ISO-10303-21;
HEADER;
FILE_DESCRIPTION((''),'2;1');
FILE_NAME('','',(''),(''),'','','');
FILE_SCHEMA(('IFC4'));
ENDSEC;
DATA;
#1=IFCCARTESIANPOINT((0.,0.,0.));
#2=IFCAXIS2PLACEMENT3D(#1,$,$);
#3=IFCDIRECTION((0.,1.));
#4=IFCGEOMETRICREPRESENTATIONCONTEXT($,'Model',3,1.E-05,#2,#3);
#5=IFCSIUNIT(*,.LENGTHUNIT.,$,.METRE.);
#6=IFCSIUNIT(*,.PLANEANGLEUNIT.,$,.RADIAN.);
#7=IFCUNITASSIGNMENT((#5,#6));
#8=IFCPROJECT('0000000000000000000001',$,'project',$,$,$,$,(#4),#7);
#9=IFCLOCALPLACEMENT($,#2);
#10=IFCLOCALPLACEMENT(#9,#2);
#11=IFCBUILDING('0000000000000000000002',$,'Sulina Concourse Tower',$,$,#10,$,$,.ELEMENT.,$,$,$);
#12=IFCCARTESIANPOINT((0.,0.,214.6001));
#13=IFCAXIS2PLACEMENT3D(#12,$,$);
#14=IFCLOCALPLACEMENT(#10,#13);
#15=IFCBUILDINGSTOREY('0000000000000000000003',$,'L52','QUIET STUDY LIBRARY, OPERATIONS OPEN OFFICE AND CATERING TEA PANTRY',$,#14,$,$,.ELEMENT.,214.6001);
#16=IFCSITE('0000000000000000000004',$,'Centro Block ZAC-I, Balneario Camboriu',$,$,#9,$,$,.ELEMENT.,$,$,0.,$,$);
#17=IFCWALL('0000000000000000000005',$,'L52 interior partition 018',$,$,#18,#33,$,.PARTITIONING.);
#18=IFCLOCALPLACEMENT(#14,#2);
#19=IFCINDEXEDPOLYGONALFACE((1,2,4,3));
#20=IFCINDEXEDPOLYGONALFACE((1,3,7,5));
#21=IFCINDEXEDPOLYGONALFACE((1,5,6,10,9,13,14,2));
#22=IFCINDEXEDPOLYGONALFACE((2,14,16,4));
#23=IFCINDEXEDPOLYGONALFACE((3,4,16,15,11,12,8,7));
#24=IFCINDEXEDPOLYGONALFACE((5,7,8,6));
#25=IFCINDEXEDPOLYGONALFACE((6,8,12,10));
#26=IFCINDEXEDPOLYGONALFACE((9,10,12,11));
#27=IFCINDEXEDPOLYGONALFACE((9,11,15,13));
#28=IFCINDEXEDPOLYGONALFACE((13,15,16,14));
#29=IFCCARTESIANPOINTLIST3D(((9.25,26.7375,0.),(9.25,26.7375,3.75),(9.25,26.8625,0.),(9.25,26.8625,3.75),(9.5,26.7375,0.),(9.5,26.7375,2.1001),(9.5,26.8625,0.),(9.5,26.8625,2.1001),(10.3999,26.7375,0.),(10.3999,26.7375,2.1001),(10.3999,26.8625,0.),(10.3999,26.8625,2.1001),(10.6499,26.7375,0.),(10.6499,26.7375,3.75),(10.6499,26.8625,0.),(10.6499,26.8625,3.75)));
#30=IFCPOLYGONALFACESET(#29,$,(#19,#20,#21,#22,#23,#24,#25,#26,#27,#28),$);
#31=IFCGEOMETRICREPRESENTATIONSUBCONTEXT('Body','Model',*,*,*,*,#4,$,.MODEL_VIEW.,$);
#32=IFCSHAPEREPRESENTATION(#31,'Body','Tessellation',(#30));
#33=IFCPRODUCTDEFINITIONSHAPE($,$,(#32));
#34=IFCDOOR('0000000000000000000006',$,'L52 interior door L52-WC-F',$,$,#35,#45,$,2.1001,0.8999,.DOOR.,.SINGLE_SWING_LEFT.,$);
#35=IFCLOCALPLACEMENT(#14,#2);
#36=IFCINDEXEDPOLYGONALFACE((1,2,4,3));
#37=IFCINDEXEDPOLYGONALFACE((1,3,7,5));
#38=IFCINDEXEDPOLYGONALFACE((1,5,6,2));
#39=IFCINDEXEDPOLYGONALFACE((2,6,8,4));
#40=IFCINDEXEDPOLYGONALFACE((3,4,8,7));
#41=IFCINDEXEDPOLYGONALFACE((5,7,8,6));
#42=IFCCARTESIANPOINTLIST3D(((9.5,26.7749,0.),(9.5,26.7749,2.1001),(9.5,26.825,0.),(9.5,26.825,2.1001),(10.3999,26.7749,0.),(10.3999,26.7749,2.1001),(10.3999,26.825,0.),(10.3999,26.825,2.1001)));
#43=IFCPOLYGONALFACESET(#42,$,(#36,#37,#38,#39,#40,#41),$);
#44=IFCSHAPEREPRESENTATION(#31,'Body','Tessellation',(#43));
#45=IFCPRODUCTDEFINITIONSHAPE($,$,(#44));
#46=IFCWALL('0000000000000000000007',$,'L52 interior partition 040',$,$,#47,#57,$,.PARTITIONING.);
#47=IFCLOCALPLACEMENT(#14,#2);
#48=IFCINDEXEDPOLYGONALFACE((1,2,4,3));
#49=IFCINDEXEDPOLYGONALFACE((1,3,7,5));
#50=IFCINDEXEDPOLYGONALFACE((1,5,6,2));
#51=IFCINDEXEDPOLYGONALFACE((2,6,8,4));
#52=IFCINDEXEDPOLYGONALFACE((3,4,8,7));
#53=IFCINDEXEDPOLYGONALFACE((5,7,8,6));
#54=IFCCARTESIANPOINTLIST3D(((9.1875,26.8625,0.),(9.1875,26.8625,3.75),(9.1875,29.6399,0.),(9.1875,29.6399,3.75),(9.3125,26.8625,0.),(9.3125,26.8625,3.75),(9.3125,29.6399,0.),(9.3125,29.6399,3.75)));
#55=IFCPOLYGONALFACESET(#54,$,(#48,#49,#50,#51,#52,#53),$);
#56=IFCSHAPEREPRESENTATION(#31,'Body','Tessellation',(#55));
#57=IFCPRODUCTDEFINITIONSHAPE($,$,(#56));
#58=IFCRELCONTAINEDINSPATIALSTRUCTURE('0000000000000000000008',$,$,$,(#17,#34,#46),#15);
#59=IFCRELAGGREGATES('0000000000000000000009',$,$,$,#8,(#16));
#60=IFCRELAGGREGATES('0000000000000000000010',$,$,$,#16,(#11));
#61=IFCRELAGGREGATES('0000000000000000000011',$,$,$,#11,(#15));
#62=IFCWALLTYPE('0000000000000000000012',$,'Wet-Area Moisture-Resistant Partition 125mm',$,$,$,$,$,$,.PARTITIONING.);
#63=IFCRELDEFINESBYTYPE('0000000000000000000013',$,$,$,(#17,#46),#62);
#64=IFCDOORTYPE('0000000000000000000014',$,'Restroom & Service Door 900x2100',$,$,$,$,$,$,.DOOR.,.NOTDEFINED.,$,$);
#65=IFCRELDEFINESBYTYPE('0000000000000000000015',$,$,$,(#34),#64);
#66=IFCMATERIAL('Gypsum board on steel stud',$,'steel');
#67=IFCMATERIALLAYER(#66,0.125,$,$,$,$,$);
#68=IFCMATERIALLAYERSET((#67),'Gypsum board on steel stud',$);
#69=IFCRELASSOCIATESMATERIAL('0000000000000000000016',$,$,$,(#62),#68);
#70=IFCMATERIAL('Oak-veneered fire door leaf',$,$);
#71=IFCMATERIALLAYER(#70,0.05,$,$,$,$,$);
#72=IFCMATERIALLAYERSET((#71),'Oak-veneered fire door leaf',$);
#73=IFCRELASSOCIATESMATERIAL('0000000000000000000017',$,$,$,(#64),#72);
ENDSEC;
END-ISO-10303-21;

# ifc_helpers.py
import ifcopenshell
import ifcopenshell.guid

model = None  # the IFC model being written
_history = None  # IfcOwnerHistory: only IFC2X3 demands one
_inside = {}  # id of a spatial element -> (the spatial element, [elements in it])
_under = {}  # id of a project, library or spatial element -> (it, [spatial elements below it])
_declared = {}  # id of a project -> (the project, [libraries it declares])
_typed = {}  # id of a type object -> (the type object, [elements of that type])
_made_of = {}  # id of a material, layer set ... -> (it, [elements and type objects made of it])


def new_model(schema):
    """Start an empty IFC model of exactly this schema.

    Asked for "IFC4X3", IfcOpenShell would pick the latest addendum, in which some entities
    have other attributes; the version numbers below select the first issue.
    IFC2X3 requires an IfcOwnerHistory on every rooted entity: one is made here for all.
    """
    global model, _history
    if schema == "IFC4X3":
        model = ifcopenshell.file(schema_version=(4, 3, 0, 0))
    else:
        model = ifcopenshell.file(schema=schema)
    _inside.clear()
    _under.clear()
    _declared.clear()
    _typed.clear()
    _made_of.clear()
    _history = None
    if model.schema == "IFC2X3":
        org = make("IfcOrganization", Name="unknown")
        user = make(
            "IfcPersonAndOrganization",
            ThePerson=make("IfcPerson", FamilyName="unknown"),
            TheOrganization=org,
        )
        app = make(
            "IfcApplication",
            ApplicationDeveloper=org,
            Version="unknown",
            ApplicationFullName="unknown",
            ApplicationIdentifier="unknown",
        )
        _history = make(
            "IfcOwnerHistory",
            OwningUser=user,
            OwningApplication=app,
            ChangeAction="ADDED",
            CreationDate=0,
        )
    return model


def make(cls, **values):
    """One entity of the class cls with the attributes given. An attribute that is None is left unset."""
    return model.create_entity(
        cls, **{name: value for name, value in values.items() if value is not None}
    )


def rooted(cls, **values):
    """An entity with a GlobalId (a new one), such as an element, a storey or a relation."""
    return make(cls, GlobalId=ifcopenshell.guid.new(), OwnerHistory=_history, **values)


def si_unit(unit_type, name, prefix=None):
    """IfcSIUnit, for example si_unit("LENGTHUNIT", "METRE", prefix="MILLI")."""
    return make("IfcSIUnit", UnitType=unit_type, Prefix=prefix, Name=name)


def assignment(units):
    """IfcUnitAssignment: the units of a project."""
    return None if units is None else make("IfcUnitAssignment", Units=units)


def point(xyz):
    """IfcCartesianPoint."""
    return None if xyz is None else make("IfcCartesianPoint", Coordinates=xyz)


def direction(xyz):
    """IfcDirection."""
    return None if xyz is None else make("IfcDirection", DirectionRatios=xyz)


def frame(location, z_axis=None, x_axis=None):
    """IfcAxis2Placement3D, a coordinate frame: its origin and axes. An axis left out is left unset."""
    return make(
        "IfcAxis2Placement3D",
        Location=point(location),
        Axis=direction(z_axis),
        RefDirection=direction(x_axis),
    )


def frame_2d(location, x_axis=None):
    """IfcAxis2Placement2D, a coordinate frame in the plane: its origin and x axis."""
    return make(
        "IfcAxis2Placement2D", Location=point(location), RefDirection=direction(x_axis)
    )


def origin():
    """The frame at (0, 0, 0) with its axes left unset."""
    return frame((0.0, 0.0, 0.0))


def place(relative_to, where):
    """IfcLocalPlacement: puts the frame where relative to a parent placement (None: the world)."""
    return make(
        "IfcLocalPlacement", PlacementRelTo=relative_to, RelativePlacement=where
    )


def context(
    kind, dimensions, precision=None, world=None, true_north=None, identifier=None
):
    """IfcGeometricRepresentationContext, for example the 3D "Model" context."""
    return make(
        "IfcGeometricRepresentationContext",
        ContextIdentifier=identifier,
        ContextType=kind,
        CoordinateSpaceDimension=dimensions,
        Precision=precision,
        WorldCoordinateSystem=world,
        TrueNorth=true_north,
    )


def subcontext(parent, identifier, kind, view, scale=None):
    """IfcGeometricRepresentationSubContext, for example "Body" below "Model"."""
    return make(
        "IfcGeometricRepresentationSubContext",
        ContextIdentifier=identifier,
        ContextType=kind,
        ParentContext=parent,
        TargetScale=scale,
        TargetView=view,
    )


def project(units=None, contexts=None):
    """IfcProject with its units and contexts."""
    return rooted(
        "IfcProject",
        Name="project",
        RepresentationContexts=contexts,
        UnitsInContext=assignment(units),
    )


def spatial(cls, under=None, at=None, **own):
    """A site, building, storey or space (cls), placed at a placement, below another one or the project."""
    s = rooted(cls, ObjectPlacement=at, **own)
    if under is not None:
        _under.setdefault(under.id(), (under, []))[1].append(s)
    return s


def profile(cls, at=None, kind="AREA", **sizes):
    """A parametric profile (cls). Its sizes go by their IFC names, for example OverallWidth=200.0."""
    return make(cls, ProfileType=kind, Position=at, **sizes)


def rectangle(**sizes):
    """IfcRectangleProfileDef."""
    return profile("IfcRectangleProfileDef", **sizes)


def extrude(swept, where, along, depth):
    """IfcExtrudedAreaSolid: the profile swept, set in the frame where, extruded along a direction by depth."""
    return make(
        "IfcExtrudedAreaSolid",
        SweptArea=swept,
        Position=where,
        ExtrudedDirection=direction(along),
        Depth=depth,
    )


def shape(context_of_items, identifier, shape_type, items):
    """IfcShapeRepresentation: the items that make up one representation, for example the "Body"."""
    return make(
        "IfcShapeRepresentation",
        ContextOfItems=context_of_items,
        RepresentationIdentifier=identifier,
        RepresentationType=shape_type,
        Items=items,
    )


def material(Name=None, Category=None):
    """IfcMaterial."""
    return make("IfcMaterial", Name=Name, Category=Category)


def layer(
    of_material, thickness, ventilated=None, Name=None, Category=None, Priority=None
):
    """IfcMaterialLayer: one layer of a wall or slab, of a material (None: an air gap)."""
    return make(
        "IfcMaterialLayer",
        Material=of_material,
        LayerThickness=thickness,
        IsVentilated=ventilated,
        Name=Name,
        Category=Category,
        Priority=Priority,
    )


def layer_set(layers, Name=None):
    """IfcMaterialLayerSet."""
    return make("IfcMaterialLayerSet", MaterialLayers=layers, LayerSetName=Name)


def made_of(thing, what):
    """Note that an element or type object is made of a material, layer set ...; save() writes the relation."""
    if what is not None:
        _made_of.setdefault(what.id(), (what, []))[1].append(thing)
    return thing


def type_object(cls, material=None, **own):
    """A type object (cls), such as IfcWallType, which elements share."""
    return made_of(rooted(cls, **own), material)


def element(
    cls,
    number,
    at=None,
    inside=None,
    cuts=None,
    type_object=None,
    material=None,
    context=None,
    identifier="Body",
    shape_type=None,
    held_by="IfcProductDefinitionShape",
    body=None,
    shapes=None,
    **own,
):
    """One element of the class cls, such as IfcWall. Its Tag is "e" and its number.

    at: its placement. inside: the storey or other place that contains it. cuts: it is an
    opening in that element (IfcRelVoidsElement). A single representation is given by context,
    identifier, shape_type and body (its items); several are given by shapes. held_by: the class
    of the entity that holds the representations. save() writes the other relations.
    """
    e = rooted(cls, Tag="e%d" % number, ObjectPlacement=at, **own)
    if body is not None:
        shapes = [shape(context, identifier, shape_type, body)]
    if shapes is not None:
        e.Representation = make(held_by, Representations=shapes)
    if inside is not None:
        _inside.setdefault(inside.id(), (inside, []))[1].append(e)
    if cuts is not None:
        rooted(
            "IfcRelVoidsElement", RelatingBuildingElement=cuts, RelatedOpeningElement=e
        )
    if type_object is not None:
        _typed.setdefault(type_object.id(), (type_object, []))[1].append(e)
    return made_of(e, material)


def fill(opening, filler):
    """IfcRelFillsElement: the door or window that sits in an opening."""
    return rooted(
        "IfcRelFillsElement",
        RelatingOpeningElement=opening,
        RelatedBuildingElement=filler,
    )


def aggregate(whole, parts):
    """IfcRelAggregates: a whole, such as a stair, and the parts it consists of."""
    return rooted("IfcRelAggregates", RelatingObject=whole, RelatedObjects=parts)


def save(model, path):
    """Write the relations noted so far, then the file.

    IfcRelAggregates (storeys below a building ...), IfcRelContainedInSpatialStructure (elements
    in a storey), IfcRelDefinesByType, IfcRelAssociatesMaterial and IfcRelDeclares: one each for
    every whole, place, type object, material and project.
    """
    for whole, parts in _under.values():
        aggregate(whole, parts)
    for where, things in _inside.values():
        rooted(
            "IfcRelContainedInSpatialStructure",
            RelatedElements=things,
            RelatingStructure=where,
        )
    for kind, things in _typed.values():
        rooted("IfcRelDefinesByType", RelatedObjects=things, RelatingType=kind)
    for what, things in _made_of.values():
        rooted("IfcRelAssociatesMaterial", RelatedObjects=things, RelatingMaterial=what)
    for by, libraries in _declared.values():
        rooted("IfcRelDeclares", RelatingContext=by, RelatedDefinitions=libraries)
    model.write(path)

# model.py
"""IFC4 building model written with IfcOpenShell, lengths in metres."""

from ifc_helpers import new_model, si_unit, direction, frame, frame_2d, origin, place, context, subcontext, project, spatial, rectangle, extrude, material, layer, layer_set, type_object, element, fill, save


model = new_model("IFC4")

# Units and contexts
model_context = context("Model", 3, precision=1e-05, world=origin(), true_north=direction((0.0, 1.0)))
body_context = subcontext(model_context, "Body", "Model", "MODEL_VIEW")
ifc_project = project(units=[si_unit("LENGTHUNIT", "METRE"), si_unit("PLANEANGLEUNIT", "RADIAN")], contexts=[model_context])

# Site, building, storey
site_placement = place(None, origin())
site = spatial("IfcSite", under=ifc_project, at=site_placement, Name="Centro Block ZAC-I, Balneario Camboriu", CompositionType="ELEMENT", RefElevation=0.0)
building_placement = place(site_placement, origin())
building = spatial("IfcBuilding", under=site, at=building_placement, Name="Sulina Concourse Tower", CompositionType="ELEMENT")
storey_placement = place(building_placement, frame((0.0, 0.0, 214.6001)))
storey = spatial("IfcBuildingStorey", under=building, at=storey_placement, Name="L52", Description="QUIET STUDY LIBRARY, OPERATIONS OPEN OFFICE AND CATERING TEA PANTRY", CompositionType="ELEMENT", Elevation=214.6001)

# Wall, opening, door
ifc_material_1 = material(Name="Gypsum board on steel stud", Category="steel")
ifc_layer_1 = layer(ifc_material_1, 0.125)
ifc_layer_set_1 = layer_set([ifc_layer_1], Name="Gypsum board on steel stud")
wall_type_1 = type_object("IfcWallType", Name="Wet-Area Moisture-Resistant Partition 125mm", PredefinedType="PARTITIONING", material=ifc_layer_set_1)
ifc_material_2 = material(Name="Oak-veneered fire door leaf")
ifc_layer_2 = layer(ifc_material_2, 0.05)
ifc_layer_set_2 = layer_set([ifc_layer_2], Name="Oak-veneered fire door leaf")
door_type_1 = type_object("IfcDoorType", Name="Restroom & Service Door 900x2100", OperationType="NOTDEFINED", PredefinedType="DOOR", material=ifc_layer_set_2)
wall_1_placement = place(storey_placement, frame((9.25, 26.8, 0.0), z_axis=(0.0, 0.0, 1.0), x_axis=(1.0, 0.0, 0.0)))
wall_1 = element("IfcWall", 1, at=wall_1_placement, inside=storey, type_object=wall_type_1, Name="L52 interior partition 018", PredefinedType="PARTITIONING", context=body_context, shape_type="SweptSolid", body=[
    extrude(rectangle(XDim=1.3999, YDim=0.125, at=frame_2d((0.7, 0.0))), origin(), (0.0, 0.0, 1.0), 3.75),
])
opening_1_placement = place(wall_1_placement, frame((0.25, 0.0, 0.0)))
opening_1 = element("IfcOpeningElement", 2, at=opening_1_placement, cuts=wall_1, PredefinedType="OPENING", context=body_context, shape_type="SweptSolid", body=[
    extrude(rectangle(XDim=0.8999, YDim=2.1001, at=frame_2d((0.45, 1.05))), frame((0.0, 0.0725, 0.0), z_axis=(0.0, -1.0, 0.0), x_axis=(1.0, 0.0, 0.0)), (0.0, 0.0, 1.0), 0.145),
])
door_1_placement = place(opening_1_placement, origin())
door_1 = element("IfcDoor", 3, at=door_1_placement, inside=storey, type_object=door_type_1, Name="L52 interior door L52-WC-F", OperationType="SINGLE_SWING_LEFT", OverallHeight=2.1001, OverallWidth=0.8999, PredefinedType="DOOR", context=body_context, shape_type="SweptSolid", body=[
    extrude(rectangle(XDim=0.8999, YDim=2.1001, at=frame_2d((0.45, 1.05))), frame((0.0, 0.0249, 0.0), z_axis=(0.0, -1.0, 0.0), x_axis=(1.0, 0.0, 0.0)), (0.0, 0.0, 1.0), 0.05),
])
fill(opening_1, door_1)

# Wall
wall_2_placement = place(storey_placement, frame((9.25, 26.8625, 0.0), z_axis=(0.0, 0.0, 1.0), x_axis=(0.0, 1.0, 0.0)))
element("IfcWall", 4, at=wall_2_placement, inside=storey, type_object=wall_type_1, Name="L52 interior partition 040", PredefinedType="PARTITIONING", context=body_context, shape_type="SweptSolid", body=[
    extrude(rectangle(XDim=2.7773, YDim=0.125, at=frame_2d((1.3887, 0.0))), origin(), (0.0, 0.0, 1.0), 3.75),
])

save(model, "model.ifc")
